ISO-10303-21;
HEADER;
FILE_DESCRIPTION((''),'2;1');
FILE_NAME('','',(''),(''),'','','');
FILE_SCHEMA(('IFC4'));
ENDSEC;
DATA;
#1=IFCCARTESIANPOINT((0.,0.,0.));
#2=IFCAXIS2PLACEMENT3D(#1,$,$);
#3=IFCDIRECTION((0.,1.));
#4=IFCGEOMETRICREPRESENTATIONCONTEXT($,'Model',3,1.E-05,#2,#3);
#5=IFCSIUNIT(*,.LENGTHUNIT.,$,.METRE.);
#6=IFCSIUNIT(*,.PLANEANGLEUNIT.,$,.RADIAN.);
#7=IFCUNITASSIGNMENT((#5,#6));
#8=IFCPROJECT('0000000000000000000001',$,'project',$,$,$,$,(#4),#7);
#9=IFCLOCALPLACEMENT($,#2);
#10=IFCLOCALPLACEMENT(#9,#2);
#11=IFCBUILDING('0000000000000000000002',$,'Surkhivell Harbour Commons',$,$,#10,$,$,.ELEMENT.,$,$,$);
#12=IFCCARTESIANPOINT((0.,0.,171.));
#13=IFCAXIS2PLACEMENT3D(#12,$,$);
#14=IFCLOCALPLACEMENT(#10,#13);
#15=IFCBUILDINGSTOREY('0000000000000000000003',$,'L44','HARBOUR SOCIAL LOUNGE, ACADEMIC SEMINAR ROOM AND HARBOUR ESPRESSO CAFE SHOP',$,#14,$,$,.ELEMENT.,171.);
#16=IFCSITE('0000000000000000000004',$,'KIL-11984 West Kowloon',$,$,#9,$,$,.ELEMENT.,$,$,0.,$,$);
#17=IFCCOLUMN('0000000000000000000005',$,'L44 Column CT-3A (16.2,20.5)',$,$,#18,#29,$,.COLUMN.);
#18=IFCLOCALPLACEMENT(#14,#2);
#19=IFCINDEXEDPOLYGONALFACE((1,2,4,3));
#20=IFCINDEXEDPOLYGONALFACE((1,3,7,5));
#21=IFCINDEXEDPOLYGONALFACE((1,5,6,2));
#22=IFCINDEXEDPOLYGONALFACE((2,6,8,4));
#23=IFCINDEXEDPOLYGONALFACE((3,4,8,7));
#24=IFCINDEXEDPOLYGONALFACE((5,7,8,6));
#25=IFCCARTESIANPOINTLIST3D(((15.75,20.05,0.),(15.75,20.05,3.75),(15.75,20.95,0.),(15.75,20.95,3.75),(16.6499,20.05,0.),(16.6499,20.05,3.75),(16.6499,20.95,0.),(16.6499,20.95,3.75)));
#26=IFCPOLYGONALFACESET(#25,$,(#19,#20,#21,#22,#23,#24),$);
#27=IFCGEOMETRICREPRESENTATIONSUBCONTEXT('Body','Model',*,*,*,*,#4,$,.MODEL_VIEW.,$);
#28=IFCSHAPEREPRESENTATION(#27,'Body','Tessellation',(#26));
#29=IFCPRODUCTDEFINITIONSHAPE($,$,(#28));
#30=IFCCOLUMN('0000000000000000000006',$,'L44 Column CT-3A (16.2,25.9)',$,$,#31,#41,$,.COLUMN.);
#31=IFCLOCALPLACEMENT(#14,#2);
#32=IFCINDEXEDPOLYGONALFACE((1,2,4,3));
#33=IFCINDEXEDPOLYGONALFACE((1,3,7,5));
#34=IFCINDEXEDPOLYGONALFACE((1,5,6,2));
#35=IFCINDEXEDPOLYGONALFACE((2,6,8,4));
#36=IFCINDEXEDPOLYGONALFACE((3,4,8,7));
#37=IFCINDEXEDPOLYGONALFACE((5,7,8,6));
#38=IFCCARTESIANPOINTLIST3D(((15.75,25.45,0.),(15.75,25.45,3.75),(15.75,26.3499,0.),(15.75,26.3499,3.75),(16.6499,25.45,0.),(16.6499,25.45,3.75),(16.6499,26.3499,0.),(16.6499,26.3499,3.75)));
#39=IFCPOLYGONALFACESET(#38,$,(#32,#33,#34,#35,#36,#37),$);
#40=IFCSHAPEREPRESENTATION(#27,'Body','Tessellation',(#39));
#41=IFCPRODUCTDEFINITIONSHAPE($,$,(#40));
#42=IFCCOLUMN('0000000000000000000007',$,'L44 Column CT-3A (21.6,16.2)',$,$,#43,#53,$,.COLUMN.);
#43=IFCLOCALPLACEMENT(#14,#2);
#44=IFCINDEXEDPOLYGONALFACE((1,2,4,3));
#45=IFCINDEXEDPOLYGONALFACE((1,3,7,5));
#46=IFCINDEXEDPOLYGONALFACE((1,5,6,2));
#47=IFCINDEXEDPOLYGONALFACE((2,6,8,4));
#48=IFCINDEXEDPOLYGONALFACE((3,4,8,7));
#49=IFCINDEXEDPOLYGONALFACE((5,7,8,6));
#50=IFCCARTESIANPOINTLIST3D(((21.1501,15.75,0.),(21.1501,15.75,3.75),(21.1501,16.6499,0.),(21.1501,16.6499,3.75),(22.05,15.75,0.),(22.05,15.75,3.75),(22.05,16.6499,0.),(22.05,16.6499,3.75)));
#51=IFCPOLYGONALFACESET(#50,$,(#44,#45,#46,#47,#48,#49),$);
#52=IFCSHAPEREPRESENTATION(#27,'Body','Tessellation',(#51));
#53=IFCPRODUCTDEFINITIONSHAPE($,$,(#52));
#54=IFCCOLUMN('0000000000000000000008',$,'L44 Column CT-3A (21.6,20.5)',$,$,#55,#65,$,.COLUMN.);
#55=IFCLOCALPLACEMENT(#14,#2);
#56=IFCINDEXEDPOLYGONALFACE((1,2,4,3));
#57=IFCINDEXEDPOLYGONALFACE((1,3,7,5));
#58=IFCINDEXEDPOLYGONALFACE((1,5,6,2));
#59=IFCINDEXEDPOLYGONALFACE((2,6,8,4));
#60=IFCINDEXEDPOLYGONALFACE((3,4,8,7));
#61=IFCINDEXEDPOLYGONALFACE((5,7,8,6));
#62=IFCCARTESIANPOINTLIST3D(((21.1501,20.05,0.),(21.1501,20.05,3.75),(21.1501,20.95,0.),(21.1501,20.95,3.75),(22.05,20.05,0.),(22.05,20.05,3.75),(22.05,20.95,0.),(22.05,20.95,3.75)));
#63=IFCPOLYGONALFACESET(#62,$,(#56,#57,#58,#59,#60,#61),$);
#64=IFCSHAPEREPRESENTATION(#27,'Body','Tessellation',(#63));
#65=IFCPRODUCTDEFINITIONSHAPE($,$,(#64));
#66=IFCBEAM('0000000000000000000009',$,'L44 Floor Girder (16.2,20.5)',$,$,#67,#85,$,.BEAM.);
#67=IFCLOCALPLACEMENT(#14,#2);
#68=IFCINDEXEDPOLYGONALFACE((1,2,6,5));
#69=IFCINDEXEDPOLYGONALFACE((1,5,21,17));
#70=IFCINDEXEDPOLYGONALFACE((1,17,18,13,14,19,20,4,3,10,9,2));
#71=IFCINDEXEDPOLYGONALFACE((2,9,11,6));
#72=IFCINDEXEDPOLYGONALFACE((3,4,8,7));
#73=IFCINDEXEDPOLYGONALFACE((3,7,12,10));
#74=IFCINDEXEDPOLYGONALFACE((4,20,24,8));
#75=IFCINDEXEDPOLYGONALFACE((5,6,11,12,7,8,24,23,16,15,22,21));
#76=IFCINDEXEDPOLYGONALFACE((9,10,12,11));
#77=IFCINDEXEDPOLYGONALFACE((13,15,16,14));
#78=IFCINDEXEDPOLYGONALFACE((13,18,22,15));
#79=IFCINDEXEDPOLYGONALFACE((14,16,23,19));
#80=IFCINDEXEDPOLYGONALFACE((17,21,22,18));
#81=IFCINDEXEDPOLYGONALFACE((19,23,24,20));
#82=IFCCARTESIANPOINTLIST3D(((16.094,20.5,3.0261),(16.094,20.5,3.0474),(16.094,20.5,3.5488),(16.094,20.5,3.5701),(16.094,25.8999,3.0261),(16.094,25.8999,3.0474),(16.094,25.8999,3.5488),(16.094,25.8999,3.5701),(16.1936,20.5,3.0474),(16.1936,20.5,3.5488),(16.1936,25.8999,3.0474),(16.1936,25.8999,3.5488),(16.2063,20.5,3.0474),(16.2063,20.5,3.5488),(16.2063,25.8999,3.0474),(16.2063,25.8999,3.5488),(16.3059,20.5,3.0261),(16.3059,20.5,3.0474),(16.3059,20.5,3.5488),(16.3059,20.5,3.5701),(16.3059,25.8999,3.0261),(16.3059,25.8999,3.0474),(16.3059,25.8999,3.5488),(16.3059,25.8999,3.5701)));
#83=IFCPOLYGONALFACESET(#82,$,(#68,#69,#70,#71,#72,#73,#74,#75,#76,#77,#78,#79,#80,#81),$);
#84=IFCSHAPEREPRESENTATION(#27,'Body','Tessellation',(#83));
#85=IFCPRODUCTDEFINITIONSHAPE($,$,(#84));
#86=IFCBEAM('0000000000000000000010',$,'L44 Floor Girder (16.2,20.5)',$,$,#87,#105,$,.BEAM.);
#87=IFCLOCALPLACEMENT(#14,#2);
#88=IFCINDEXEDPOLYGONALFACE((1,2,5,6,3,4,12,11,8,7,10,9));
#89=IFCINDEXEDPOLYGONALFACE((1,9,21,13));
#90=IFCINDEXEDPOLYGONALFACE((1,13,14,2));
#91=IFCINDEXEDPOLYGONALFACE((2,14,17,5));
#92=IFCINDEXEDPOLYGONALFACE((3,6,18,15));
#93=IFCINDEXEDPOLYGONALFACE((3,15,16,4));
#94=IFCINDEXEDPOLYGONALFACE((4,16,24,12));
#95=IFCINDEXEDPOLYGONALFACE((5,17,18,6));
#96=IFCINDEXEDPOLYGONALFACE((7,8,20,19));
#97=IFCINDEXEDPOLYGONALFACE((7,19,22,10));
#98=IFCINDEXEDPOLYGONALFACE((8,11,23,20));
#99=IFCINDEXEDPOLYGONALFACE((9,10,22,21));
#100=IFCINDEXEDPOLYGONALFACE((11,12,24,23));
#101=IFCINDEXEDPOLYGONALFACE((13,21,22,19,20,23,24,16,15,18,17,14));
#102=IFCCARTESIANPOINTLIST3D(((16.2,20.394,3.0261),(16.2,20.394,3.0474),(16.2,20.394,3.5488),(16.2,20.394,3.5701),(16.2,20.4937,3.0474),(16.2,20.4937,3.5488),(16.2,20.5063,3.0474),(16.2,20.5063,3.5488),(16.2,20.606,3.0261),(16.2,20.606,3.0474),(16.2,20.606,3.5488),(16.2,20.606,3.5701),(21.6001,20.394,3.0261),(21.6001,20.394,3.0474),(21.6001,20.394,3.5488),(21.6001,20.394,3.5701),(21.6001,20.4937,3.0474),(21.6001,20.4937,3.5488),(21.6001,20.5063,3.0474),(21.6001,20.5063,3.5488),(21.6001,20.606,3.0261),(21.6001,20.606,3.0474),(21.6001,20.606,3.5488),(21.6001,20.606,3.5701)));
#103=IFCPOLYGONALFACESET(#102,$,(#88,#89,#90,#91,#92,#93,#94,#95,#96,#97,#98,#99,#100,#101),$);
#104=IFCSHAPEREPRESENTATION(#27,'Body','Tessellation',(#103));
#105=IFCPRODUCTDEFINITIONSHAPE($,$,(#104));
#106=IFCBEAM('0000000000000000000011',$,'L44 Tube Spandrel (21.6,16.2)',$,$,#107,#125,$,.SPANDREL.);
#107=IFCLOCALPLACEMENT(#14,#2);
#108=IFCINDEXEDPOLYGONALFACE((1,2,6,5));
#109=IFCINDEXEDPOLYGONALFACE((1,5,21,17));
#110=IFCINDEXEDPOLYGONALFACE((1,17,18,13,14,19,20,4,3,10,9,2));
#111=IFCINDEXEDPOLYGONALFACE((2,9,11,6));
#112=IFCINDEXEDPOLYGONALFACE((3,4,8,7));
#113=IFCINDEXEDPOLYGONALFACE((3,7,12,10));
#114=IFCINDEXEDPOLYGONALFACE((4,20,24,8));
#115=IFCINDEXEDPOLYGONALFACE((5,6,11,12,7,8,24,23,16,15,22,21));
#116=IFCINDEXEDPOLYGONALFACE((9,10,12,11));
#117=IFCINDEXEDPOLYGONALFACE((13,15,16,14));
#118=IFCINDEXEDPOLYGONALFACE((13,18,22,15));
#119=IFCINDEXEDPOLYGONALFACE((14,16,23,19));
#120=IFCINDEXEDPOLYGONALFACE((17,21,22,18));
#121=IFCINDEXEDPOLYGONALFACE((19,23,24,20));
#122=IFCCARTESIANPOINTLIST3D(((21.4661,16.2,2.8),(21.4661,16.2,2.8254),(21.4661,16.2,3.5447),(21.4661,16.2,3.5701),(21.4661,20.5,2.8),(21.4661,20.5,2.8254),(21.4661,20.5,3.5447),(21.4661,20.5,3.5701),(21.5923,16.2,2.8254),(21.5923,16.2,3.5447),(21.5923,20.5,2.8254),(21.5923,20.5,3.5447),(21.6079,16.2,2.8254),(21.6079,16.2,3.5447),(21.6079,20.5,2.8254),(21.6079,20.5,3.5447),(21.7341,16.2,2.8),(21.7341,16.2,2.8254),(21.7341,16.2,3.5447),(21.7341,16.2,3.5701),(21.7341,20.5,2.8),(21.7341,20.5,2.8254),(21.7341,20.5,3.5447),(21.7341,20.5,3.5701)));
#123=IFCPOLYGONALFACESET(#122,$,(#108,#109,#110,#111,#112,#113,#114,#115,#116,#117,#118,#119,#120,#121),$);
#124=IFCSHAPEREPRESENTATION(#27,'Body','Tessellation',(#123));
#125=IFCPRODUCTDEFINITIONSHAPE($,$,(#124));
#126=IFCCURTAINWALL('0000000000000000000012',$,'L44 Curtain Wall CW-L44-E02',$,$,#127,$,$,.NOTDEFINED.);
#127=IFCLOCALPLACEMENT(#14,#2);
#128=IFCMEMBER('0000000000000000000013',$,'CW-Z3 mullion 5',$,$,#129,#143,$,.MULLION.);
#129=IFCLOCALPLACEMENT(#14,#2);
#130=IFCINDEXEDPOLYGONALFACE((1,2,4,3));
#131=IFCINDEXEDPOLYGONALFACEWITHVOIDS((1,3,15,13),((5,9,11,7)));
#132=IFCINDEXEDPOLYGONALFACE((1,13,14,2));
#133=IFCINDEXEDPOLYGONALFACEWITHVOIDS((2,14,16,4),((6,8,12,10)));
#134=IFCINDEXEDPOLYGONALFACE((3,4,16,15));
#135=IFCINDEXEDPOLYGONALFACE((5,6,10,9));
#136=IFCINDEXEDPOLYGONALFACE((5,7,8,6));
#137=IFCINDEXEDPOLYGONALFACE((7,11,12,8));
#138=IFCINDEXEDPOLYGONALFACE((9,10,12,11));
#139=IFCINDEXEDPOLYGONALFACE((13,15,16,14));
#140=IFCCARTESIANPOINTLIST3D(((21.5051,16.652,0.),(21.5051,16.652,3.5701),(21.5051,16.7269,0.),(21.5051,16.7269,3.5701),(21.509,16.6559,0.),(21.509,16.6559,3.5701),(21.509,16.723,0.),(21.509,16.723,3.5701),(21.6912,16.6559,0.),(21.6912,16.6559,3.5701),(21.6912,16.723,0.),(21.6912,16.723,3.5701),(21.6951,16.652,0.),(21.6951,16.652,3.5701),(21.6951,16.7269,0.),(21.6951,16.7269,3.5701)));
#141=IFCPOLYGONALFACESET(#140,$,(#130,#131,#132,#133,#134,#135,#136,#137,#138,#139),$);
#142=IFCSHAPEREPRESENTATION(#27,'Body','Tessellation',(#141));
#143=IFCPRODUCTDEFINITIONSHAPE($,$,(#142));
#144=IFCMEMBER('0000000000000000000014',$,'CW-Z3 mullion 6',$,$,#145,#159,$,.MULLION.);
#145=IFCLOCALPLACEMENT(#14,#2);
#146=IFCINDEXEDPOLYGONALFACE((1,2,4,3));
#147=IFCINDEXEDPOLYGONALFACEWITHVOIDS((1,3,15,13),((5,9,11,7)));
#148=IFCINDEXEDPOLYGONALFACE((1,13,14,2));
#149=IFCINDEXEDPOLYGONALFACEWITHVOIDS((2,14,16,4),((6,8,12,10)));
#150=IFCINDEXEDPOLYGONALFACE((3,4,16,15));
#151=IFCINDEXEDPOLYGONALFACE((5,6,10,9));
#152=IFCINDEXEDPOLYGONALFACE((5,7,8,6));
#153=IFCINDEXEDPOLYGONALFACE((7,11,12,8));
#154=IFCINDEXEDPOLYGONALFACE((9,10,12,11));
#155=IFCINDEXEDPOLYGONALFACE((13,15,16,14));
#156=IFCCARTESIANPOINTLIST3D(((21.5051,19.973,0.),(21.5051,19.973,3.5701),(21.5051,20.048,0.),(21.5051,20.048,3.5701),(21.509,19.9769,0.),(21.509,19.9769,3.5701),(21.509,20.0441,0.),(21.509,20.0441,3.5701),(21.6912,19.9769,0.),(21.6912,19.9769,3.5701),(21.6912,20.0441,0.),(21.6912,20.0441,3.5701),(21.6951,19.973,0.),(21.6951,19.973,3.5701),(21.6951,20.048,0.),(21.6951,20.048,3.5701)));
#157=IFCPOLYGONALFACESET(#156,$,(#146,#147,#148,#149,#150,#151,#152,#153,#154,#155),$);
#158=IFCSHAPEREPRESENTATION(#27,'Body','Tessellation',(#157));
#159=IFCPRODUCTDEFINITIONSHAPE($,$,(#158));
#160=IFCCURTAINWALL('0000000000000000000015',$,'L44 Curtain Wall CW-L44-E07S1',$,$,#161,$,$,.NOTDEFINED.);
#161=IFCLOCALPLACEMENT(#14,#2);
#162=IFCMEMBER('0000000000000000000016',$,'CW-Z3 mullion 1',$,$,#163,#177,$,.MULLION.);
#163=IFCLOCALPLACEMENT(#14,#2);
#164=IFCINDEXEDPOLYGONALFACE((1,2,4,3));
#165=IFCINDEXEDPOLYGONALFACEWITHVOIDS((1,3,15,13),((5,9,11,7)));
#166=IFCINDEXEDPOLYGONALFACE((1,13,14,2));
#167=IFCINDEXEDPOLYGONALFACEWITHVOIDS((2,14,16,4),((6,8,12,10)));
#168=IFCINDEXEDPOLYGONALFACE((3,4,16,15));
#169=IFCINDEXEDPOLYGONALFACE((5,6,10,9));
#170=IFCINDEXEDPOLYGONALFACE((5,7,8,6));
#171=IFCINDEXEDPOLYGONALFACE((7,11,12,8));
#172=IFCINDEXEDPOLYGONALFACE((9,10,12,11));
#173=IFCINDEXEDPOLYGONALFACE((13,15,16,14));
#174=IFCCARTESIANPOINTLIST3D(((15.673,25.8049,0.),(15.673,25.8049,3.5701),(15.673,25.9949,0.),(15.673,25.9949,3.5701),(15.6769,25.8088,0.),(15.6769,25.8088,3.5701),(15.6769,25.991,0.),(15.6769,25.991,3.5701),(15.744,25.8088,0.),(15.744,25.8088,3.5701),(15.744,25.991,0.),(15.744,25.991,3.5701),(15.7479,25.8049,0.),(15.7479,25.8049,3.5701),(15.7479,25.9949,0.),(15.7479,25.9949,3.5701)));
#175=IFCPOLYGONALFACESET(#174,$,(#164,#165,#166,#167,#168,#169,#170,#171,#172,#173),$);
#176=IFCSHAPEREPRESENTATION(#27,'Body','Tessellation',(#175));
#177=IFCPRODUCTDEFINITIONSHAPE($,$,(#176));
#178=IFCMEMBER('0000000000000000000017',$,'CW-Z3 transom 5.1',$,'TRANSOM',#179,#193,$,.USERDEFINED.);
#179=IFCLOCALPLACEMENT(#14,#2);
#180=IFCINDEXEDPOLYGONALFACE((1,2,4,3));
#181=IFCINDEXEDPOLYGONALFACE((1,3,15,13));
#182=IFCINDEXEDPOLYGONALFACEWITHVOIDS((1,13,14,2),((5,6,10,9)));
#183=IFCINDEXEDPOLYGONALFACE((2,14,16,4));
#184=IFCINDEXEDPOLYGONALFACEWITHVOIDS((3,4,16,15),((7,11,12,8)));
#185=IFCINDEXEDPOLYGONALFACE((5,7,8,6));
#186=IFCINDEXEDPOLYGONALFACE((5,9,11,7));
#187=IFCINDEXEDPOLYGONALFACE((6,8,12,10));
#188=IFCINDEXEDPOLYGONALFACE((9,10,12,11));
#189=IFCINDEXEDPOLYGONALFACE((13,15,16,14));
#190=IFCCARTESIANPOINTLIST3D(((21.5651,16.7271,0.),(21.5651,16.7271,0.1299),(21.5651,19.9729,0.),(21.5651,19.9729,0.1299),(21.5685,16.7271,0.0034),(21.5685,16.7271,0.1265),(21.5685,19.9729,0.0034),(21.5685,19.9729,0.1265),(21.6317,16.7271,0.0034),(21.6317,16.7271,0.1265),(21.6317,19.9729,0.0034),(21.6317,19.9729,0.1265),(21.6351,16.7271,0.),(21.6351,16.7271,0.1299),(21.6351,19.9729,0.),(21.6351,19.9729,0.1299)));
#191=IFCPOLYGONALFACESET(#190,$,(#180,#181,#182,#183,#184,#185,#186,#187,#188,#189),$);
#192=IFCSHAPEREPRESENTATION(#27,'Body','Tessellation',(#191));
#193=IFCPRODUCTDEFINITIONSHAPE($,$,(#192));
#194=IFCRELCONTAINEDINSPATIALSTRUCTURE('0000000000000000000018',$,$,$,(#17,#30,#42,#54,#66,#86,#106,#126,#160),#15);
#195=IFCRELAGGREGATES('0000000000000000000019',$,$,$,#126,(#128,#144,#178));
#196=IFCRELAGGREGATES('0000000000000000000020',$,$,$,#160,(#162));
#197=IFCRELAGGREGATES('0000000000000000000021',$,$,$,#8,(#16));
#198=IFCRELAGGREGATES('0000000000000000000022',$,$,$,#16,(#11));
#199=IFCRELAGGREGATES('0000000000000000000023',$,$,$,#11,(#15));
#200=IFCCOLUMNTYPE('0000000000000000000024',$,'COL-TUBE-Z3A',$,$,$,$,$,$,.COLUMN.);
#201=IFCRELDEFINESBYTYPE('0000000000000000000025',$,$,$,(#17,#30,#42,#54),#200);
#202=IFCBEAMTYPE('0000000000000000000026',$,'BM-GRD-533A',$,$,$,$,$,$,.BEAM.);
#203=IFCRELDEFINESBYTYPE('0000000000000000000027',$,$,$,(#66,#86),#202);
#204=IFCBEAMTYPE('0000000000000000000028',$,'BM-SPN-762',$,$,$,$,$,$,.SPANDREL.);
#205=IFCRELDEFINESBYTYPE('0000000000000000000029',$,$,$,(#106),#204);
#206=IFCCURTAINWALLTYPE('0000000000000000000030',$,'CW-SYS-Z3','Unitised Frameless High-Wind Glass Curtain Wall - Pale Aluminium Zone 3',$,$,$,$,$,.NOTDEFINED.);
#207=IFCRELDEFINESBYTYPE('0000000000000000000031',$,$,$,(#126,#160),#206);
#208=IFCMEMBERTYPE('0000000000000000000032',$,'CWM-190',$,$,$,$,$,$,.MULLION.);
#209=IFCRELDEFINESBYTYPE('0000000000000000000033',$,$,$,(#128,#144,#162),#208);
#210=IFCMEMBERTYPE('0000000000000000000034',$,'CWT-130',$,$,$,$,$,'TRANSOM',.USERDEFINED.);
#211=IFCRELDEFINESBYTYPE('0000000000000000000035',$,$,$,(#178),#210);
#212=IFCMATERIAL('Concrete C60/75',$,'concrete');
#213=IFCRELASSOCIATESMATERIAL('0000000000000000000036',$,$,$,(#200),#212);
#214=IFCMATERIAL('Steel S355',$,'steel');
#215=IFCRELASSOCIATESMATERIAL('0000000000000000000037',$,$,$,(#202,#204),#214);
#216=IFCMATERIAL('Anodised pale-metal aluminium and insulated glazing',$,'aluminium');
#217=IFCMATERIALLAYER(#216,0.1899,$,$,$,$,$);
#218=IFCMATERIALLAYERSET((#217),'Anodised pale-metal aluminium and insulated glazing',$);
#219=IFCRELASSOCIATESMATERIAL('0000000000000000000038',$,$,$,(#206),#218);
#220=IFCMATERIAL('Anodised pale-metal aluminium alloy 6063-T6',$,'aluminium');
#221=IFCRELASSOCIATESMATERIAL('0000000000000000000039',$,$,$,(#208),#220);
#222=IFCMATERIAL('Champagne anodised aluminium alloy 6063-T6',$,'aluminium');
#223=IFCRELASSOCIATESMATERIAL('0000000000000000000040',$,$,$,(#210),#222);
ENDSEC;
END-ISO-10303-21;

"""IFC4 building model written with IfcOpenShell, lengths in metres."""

from ifc_helpers import new_model, si_unit, direction, frame, origin, origin_2d, place, context, subcontext, project, spatial, rectangle, hollow_rectangle, i_section, extrude, material, layer, layer_set, material_profile, profile_set, type_object, element, aggregate, save


model = new_model("IFC4")

# Units and contexts
model_context = context("Model", 3, precision=1e-05, world=origin(), true_north=direction((0.0, 1.0)))
body_context = subcontext(model_context, "Body", "Model", "MODEL_VIEW")
ifc_project = project(units=[si_unit("LENGTHUNIT", "METRE"), si_unit("PLANEANGLEUNIT", "RADIAN")], contexts=[model_context])

# Site, building, storey
site_placement = place(None, origin())
site = spatial("IfcSite", under=ifc_project, at=site_placement, Name="KIL-11984 West Kowloon", CompositionType="ELEMENT", RefElevation=0.0)
building_placement = place(site_placement, origin())
building = spatial("IfcBuilding", under=site, at=building_placement, Name="Surkhivell Harbour Commons", CompositionType="ELEMENT")
storey_placement = place(building_placement, frame((0.0, 0.0, 171.0)))
storey = spatial("IfcBuildingStorey", under=building, at=storey_placement, Name="L44", Description="HARBOUR SOCIAL LOUNGE, ACADEMIC SEMINAR ROOM AND HARBOUR ESPRESSO CAFE SHOP", CompositionType="ELEMENT", Elevation=171.0)

# Columns
ifc_material_1 = material(Name="Concrete C60/75", Category="concrete")
ifc_material_profile_1 = material_profile(ifc_material_1, rectangle(XDim=0.8999, YDim=0.8999, at=origin_2d()), Name="RC-COL-900x900")
ifc_profile_set_1 = profile_set([ifc_material_profile_1], Name="Concrete C60/75")
column_type = type_object("IfcColumnType", Name="COL-TUBE-Z3A", PredefinedType="COLUMN", material=ifc_profile_set_1)
for number, where, z_axis, x_axis, name in (
    (1, (16.2, 20.5, 0.0), (0.0, 0.0, 1.0), (1.0, 0.0, 0.0), "L44 Column CT-3A (16.2,20.5)"),
    (2, (16.2, 25.8999, 0.0), (0.0, 0.0, 1.0), (1.0, 0.0, 0.0), "L44 Column CT-3A (16.2,25.9)"),
    (3, (21.6001, 16.2, 0.0), (0.0, 0.0, 1.0), (1.0, 0.0, 0.0), "L44 Column CT-3A (21.6,16.2)"),
    (4, (21.6001, 20.5, 0.0), (0.0, 0.0, 1.0), (1.0, 0.0, 0.0), "L44 Column CT-3A (21.6,20.5)"),
):
    element("IfcColumn", number, at=place(storey_placement, frame(where, z_axis=z_axis, x_axis=x_axis)), inside=storey, type_object=column_type, Name=name, PredefinedType="COLUMN", context=body_context, shape_type="SweptSolid", body=[
        extrude(rectangle(XDim=0.8999, YDim=0.8999, at=origin_2d()), origin(), (0.0, 0.0, 1.0), 3.75),
    ])

# Beams
ifc_material_2 = material(Name="Steel S355", Category="steel")
ifc_material_profile_2 = material_profile(ifc_material_2, i_section(OverallWidth=0.2119, OverallDepth=0.5439, WebThickness=0.0127, FlangeThickness=0.0212, at=origin_2d()), Name="UB533x210x122")
ifc_profile_set_2 = profile_set([ifc_material_profile_2], Name="Steel S355")
beam_type_1 = type_object("IfcBeamType", Name="BM-GRD-533A", PredefinedType="BEAM", material=ifc_profile_set_2)
beam_1_placement = place(storey_placement, frame((16.2, 20.5, 3.2981), z_axis=(0.0, 1.0, 0.0), x_axis=(-1.0, 0.0, 0.0)))
element("IfcBeam", 5, at=beam_1_placement, inside=storey, type_object=beam_type_1, Name="L44 Floor Girder (16.2,20.5)", PredefinedType="BEAM", context=body_context, shape_type="SweptSolid", body=[
    extrude(i_section(OverallWidth=0.2119, OverallDepth=0.5439, WebThickness=0.0127, FlangeThickness=0.0212, at=origin_2d()), origin(), (0.0, 0.0, 1.0), 5.3999),
])
beam_2_placement = place(storey_placement, frame((16.2, 20.5, 3.2981), z_axis=(1.0, 0.0, 0.0), x_axis=(0.0, 1.0, 0.0)))
element("IfcBeam", 6, at=beam_2_placement, inside=storey, type_object=beam_type_1, Name="L44 Floor Girder (16.2,20.5)", PredefinedType="BEAM", context=body_context, shape_type="SweptSolid", body=[
    extrude(i_section(OverallWidth=0.2119, OverallDepth=0.5439, WebThickness=0.0127, FlangeThickness=0.0212, at=origin_2d()), origin(), (0.0, 0.0, 1.0), 5.4001),
])
ifc_material_profile_3 = material_profile(ifc_material_2, i_section(OverallWidth=0.2681, OverallDepth=0.77, WebThickness=0.0156, FlangeThickness=0.0254, at=origin_2d()), Name="UB762x267x197")
ifc_profile_set_3 = profile_set([ifc_material_profile_3], Name="Steel S355")
beam_type_2 = type_object("IfcBeamType", Name="BM-SPN-762", PredefinedType="SPANDREL", material=ifc_profile_set_3)
beam_3_placement = place(storey_placement, frame((21.6001, 16.2, 3.1851), z_axis=(0.0, 1.0, 0.0), x_axis=(-1.0, 0.0, 0.0)))
element("IfcBeam", 7, at=beam_3_placement, inside=storey, type_object=beam_type_2, Name="L44 Tube Spandrel (21.6,16.2)", PredefinedType="SPANDREL", context=body_context, shape_type="SweptSolid", body=[
    extrude(i_section(OverallWidth=0.2681, OverallDepth=0.77, WebThickness=0.0156, FlangeThickness=0.0254, at=origin_2d()), origin(), (0.0, 0.0, 1.0), 4.3),
])

# Curtain wall, members
ifc_material_3 = material(Name="Anodised pale-metal aluminium and insulated glazing", Category="aluminium")
ifc_layer_1 = layer(ifc_material_3, 0.1899)
ifc_layer_set_1 = layer_set([ifc_layer_1], Name="Anodised pale-metal aluminium and insulated glazing")
curtain_wall_type = type_object("IfcCurtainWallType", Name="CW-SYS-Z3", Description="Unitised Frameless High-Wind Glass Curtain Wall - Pale Aluminium Zone 3", PredefinedType="NOTDEFINED", material=ifc_layer_set_1)
curtain_wall_1_placement = place(storey_placement, origin())
curtain_wall_1 = element("IfcCurtainWall", 8, at=curtain_wall_1_placement, inside=storey, type_object=curtain_wall_type, Name="L44 Curtain Wall CW-L44-E02", PredefinedType="NOTDEFINED")
ifc_material_4 = material(Name="Anodised pale-metal aluminium alloy 6063-T6", Category="aluminium")
ifc_material_profile_4 = material_profile(ifc_material_4, hollow_rectangle(XDim=0.075, YDim=0.1899, WallThickness=0.0039, at=origin_2d()), Name="ALU-MULL-75x190")
ifc_profile_set_4 = profile_set([ifc_material_profile_4], Name="Anodised pale-metal aluminium alloy 6063-T6")
member_type_1 = type_object("IfcMemberType", Name="CWM-190", PredefinedType="MULLION", material=ifc_profile_set_4)
member_1_placement = place(storey_placement, frame((21.6001, 16.6895, 0.0), z_axis=(0.0, 0.0, 1.0), x_axis=(0.0, 1.0, 0.0)))
member_1 = element("IfcMember", 9, at=member_1_placement, type_object=member_type_1, Name="CW-Z3 mullion 5", PredefinedType="MULLION", context=body_context, shape_type="SweptSolid", body=[
    extrude(hollow_rectangle(XDim=0.075, YDim=0.1899, WallThickness=0.0039, at=origin_2d()), origin(), (0.0, 0.0, 1.0), 3.5701),
])
member_2_placement = place(storey_placement, frame((21.6001, 20.0105, 0.0), z_axis=(0.0, 0.0, 1.0), x_axis=(0.0, 1.0, 0.0)))
member_2 = element("IfcMember", 10, at=member_2_placement, type_object=member_type_1, Name="CW-Z3 mullion 6", PredefinedType="MULLION", context=body_context, shape_type="SweptSolid", body=[
    extrude(hollow_rectangle(XDim=0.075, YDim=0.1899, WallThickness=0.0039, at=origin_2d()), origin(), (0.0, 0.0, 1.0), 3.5701),
])

# Curtain wall, member
curtain_wall_2_placement = place(storey_placement, origin())
curtain_wall_2 = element("IfcCurtainWall", 11, at=curtain_wall_2_placement, inside=storey, type_object=curtain_wall_type, Name="L44 Curtain Wall CW-L44-E07S1", PredefinedType="NOTDEFINED")
member_3_placement = place(storey_placement, frame((15.7104, 25.8999, 0.0), z_axis=(0.0, 0.0, 1.0), x_axis=(-1.0, 0.0, 0.0)))
member_3 = element("IfcMember", 12, at=member_3_placement, type_object=member_type_1, Name="CW-Z3 mullion 1", PredefinedType="MULLION", context=body_context, shape_type="SweptSolid", body=[
    extrude(hollow_rectangle(XDim=0.075, YDim=0.1899, WallThickness=0.0039, at=origin_2d()), origin(), (0.0, 0.0, 1.0), 3.5701),
])

# Member
ifc_material_5 = material(Name="Champagne anodised aluminium alloy 6063-T6", Category="aluminium")
ifc_material_profile_5 = material_profile(ifc_material_5, hollow_rectangle(XDim=0.0701, YDim=0.1299, WallThickness=0.0034, at=origin_2d()), Name="ALU-TRAN-70x130")
ifc_profile_set_5 = profile_set([ifc_material_profile_5], Name="Champagne anodised aluminium alloy 6063-T6")
member_type_2 = type_object("IfcMemberType", Name="CWT-130", ElementType="TRANSOM", PredefinedType="USERDEFINED", material=ifc_profile_set_5)
member_4_placement = place(storey_placement, frame((21.6001, 16.7271, 0.0649), z_axis=(0.0, 1.0, 0.0), x_axis=(-1.0, 0.0, 0.0)))
member_4 = element("IfcMember", 13, at=member_4_placement, type_object=member_type_2, Name="CW-Z3 transom 5.1", ObjectType="TRANSOM", PredefinedType="USERDEFINED", context=body_context, shape_type="SweptSolid", body=[
    extrude(hollow_rectangle(XDim=0.0701, YDim=0.1299, WallThickness=0.0034, at=origin_2d()), origin(), (0.0, 0.0, 1.0), 3.2458),
])

aggregate(curtain_wall_1, [member_1, member_2, member_4])
aggregate(curtain_wall_2, [member_3])

save(model, "model.ifc")
